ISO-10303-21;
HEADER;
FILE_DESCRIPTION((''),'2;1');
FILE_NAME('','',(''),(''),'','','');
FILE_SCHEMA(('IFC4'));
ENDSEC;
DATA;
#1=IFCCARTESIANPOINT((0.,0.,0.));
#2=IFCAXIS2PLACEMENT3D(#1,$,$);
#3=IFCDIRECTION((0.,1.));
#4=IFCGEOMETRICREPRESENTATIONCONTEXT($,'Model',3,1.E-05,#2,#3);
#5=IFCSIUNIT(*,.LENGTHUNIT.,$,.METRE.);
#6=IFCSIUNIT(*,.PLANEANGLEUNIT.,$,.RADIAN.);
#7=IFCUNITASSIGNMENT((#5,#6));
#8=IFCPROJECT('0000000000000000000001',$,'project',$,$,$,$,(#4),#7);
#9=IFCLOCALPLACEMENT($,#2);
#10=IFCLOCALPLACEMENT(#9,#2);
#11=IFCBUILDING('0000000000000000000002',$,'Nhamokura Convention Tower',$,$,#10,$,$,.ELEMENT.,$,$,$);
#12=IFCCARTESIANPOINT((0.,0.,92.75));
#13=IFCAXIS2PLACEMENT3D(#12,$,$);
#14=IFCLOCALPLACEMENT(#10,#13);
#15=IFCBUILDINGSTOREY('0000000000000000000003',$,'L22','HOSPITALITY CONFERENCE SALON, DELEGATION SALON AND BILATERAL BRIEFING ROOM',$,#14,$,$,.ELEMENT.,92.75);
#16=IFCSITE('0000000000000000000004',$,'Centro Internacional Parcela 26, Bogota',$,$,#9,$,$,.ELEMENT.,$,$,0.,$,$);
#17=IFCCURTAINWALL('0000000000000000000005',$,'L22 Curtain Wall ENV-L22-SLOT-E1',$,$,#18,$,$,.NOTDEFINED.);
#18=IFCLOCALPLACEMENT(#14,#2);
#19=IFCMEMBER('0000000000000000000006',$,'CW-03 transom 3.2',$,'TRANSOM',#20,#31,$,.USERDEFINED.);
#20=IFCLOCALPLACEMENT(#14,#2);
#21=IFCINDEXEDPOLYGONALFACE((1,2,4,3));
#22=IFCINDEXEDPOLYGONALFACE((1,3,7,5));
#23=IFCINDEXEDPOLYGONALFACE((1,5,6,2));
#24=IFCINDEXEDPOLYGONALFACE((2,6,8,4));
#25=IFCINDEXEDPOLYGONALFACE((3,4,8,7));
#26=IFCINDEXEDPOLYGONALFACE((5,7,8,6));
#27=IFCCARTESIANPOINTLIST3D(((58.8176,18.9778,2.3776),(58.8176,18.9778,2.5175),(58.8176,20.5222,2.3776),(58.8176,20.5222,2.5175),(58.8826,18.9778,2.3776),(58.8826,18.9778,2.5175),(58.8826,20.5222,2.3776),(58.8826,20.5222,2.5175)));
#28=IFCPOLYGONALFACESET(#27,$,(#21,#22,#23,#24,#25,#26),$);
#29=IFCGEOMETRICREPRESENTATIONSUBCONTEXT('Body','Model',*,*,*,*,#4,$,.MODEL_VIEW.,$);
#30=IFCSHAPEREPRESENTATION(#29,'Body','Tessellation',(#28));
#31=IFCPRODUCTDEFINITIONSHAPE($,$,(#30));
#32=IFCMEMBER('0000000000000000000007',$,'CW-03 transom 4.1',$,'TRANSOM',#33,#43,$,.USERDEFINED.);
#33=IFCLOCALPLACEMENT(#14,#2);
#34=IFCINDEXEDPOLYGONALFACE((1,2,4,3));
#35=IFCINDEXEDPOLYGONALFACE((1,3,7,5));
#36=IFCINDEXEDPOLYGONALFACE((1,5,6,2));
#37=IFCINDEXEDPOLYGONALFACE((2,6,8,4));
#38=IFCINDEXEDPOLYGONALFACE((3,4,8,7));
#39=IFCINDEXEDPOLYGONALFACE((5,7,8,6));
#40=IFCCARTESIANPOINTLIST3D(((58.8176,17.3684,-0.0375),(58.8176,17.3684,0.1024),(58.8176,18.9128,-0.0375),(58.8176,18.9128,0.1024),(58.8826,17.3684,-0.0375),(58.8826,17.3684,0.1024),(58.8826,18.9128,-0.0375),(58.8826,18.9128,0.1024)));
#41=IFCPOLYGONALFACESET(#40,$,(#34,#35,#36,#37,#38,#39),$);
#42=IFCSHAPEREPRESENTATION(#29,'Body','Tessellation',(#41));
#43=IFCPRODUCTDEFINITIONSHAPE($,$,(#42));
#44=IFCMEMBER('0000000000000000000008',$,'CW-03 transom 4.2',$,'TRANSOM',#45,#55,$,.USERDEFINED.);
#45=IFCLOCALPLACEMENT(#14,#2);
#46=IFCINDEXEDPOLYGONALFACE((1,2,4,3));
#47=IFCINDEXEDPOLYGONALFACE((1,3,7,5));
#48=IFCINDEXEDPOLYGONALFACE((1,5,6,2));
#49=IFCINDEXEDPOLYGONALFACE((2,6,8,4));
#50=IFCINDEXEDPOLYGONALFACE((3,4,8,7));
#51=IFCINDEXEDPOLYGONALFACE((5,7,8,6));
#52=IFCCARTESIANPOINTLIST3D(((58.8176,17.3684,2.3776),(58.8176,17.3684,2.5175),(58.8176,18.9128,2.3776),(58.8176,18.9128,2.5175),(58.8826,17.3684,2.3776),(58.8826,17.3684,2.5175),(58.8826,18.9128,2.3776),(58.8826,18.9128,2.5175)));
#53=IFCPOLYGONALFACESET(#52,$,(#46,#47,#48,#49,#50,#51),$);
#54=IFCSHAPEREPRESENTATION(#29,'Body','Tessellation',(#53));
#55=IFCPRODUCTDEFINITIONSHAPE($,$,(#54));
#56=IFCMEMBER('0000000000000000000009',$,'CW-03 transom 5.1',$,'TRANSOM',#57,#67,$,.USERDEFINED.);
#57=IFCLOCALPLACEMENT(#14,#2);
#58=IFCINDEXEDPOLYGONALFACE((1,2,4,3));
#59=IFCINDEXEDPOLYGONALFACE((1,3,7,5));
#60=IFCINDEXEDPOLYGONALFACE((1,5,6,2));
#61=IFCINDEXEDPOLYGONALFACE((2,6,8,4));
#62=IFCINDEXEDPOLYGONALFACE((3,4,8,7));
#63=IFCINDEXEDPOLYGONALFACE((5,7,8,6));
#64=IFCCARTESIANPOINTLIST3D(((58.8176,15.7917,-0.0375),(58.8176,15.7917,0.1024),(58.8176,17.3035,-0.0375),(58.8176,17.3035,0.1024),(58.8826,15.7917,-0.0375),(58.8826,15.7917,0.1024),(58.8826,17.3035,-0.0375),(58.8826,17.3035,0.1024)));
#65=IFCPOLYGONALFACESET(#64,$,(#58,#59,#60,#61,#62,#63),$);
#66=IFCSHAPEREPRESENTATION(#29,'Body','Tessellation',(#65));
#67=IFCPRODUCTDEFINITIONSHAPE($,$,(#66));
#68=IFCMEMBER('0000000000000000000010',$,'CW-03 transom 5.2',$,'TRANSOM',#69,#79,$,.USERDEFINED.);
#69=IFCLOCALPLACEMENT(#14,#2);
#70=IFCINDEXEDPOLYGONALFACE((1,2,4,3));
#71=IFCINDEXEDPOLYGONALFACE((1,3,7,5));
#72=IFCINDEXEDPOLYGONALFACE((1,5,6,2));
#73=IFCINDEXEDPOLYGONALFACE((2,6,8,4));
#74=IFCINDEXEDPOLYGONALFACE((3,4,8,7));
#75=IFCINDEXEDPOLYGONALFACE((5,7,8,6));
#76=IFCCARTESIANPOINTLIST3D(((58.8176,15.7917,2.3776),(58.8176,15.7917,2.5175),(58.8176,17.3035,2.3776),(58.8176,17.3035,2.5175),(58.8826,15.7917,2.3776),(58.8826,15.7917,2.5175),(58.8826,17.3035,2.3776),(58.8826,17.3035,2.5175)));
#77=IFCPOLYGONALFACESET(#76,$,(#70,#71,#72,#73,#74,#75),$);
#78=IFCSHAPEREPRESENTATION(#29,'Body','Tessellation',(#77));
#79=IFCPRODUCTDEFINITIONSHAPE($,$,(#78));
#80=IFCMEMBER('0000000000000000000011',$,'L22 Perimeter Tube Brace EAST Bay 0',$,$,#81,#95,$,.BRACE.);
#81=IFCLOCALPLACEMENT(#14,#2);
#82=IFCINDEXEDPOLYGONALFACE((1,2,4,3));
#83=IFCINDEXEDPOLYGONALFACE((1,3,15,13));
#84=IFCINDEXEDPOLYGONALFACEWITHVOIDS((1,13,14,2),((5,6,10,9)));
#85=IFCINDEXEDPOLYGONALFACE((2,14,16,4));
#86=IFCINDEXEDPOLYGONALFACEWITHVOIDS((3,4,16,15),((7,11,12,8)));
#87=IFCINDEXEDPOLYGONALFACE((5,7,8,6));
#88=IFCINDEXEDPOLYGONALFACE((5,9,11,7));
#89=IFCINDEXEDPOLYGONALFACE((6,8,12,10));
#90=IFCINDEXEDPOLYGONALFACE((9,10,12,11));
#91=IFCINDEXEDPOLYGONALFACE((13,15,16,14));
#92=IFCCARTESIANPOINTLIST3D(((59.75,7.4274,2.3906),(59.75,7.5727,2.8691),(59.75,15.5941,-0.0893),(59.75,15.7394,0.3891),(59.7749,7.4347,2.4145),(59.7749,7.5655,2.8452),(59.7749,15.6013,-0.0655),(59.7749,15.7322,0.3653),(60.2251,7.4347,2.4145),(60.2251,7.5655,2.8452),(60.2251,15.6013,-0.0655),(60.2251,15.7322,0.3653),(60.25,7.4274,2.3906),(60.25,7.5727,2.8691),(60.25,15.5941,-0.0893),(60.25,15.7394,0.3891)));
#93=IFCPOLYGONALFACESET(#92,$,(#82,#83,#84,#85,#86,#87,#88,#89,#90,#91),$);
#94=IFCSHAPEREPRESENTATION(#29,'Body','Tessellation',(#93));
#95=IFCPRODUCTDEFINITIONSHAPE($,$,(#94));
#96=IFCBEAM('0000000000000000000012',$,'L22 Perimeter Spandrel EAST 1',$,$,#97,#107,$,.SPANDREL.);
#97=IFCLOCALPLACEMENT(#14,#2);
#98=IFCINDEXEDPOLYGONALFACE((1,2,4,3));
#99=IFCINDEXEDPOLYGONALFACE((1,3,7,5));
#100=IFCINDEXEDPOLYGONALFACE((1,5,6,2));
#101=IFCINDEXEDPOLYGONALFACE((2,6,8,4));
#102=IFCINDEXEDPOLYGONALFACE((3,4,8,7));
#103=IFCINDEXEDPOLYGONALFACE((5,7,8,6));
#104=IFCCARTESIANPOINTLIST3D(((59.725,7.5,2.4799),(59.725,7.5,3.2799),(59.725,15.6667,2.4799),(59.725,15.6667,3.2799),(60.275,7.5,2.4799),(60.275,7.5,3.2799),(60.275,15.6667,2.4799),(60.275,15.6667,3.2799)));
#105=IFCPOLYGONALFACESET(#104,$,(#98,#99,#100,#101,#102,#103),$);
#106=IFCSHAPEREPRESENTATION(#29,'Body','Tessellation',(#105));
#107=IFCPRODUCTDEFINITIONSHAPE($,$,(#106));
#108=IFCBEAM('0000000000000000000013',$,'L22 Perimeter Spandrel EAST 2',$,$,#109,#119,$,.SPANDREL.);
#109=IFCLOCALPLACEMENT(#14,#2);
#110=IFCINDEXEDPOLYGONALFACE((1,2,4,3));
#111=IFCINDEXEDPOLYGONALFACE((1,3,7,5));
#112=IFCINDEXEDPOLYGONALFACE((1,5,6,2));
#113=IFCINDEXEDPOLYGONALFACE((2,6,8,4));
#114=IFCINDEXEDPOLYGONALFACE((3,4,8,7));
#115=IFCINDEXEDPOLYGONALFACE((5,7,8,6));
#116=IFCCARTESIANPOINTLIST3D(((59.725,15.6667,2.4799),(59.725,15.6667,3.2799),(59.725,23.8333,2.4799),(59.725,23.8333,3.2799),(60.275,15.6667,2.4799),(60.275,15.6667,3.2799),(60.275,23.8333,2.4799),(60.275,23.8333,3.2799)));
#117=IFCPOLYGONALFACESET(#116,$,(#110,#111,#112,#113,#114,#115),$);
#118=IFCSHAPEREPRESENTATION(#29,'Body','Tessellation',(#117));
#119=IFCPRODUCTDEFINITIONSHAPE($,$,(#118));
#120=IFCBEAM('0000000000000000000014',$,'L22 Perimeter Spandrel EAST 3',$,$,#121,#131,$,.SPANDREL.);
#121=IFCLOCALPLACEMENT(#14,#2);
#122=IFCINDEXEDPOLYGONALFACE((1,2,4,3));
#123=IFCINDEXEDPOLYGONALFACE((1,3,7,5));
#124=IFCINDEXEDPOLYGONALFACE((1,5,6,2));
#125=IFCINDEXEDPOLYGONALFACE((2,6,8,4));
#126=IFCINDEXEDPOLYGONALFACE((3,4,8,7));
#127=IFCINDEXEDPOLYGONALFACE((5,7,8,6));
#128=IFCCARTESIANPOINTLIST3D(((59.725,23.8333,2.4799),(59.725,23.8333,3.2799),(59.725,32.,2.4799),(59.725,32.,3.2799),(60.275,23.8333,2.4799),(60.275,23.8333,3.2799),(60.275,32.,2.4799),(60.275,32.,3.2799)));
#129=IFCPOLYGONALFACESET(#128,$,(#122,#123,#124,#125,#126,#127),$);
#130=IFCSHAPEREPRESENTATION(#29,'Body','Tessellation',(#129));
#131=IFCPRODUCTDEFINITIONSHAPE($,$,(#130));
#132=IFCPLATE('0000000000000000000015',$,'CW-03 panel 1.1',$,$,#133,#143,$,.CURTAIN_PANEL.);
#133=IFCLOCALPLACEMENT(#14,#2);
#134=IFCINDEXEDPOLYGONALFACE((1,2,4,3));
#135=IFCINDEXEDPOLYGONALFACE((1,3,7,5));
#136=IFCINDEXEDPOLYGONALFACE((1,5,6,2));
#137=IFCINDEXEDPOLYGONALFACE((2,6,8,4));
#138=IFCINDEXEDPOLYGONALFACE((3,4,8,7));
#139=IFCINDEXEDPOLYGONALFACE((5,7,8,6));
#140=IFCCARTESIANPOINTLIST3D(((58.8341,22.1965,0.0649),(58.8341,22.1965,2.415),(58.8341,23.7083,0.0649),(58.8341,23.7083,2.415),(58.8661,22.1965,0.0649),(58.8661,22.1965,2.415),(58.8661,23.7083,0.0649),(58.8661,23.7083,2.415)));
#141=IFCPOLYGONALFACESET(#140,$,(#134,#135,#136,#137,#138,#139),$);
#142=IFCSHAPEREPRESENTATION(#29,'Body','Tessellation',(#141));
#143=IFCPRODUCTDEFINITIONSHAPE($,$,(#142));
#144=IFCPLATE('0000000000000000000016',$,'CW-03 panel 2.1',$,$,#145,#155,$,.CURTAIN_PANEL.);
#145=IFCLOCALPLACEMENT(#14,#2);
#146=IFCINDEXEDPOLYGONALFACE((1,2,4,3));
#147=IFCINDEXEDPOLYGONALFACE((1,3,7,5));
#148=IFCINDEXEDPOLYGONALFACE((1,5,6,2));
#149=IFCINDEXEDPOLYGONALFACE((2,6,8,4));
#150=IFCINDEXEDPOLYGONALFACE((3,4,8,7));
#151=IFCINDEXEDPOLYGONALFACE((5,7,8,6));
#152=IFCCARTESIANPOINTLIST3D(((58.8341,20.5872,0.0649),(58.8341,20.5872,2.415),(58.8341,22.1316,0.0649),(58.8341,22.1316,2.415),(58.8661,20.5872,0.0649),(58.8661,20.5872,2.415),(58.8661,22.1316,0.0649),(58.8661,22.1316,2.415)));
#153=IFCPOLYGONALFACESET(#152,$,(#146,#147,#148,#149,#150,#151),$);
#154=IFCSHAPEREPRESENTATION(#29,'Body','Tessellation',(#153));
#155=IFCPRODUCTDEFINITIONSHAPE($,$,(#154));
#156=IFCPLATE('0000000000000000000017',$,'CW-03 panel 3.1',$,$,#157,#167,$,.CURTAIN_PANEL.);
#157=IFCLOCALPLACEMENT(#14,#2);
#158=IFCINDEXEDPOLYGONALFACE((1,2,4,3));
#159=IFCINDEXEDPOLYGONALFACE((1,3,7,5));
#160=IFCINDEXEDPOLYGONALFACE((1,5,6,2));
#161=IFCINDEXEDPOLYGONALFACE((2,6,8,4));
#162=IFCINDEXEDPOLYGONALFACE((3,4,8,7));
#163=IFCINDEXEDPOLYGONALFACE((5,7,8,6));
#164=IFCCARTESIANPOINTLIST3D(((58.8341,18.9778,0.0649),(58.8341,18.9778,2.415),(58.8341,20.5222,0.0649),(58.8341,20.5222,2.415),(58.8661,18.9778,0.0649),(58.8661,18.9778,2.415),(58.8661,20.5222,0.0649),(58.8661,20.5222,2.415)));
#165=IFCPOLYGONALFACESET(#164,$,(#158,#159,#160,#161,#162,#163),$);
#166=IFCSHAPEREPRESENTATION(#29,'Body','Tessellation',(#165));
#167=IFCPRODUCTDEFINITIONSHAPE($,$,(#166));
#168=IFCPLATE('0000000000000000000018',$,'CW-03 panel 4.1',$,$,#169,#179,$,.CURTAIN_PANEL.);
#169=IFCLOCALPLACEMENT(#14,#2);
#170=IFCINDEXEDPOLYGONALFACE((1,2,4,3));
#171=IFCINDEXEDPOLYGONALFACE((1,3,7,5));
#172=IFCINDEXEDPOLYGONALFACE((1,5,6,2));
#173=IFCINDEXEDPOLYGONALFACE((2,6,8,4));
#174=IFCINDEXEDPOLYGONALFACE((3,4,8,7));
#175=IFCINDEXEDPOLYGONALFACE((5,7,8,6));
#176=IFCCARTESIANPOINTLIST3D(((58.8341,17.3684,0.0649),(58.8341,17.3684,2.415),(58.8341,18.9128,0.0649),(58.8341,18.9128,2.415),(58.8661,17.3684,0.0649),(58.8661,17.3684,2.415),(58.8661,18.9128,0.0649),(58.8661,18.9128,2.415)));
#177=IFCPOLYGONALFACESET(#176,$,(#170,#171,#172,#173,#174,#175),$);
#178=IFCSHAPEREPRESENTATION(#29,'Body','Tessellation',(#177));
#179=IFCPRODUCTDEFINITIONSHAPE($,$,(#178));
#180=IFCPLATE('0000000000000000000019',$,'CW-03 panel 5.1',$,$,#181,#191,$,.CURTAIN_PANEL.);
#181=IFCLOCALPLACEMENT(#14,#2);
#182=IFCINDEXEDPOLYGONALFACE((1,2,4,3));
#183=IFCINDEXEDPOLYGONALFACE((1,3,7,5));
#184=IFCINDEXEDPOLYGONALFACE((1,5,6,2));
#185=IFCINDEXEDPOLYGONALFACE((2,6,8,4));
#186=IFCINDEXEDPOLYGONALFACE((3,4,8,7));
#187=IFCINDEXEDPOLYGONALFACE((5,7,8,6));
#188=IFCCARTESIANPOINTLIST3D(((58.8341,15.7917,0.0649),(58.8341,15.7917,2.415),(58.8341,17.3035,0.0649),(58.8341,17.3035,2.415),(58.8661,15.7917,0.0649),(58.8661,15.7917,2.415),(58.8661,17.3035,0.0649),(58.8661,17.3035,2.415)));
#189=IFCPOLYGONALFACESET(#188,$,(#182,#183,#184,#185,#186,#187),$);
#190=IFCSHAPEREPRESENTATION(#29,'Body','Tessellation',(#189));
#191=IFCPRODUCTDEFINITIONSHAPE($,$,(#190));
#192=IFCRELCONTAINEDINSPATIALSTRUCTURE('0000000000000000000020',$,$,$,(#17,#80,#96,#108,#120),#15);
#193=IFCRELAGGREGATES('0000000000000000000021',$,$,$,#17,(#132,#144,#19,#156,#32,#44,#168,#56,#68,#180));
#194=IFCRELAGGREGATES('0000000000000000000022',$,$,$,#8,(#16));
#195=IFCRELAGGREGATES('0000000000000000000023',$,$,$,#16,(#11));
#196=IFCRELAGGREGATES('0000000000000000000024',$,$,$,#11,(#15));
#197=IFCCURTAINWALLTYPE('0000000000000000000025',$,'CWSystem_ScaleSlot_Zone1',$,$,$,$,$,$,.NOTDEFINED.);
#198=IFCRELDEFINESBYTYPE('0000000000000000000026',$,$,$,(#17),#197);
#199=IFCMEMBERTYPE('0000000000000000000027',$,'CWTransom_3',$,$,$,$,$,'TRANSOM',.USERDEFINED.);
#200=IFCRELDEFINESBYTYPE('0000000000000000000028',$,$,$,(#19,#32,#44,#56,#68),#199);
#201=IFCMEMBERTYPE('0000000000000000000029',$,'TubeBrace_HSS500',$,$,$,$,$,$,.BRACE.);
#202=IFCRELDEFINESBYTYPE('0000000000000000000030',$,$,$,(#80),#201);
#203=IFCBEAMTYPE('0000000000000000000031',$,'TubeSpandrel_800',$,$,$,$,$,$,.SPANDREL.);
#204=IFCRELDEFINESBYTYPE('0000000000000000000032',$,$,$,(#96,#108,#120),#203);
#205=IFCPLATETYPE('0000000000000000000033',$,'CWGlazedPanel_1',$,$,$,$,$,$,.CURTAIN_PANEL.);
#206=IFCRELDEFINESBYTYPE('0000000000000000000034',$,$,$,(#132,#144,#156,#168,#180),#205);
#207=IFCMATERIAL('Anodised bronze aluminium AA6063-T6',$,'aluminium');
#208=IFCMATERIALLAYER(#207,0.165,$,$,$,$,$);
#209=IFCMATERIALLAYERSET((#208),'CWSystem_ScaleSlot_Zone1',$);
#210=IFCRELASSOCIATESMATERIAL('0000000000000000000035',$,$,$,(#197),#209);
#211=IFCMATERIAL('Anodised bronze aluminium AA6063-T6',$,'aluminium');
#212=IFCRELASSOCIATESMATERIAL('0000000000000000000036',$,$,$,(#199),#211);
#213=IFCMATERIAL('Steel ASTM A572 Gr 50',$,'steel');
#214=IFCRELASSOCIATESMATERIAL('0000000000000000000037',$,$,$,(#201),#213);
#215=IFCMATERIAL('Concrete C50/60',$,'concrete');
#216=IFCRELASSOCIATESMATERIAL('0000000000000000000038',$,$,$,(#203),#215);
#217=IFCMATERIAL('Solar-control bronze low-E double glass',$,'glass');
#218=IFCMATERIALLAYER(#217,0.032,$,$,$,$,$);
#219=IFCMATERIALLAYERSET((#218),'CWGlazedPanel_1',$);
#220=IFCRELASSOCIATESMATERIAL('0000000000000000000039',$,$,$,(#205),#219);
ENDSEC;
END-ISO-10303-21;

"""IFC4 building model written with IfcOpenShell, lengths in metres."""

from ifc_helpers import new_model, si_unit, direction, frame, origin, origin_2d, place, context, subcontext, project, spatial, rectangle, hollow_rectangle, extrude, material, layer, layer_set, material_profile, profile_set, type_object, element, aggregate, save


model = new_model("IFC4")

# Units and contexts
model_context = context("Model", 3, precision=1e-05, world=origin(), true_north=direction((0.0, 1.0)))
body_context = subcontext(model_context, "Body", "Model", "MODEL_VIEW")
ifc_project = project(units=[si_unit("LENGTHUNIT", "METRE"), si_unit("PLANEANGLEUNIT", "RADIAN")], contexts=[model_context])

# Site, building, storey
site_placement = place(None, origin())
site = spatial("IfcSite", under=ifc_project, at=site_placement, Name="Centro Internacional Parcela 26, Bogota", CompositionType="ELEMENT", RefElevation=0.0)
building_placement = place(site_placement, origin())
building = spatial("IfcBuilding", under=site, at=building_placement, Name="Nhamokura Convention Tower", CompositionType="ELEMENT")
storey_placement = place(building_placement, frame((0.0, 0.0, 92.75)))
storey = spatial("IfcBuildingStorey", under=building, at=storey_placement, Name="L22", Description="HOSPITALITY CONFERENCE SALON, DELEGATION SALON AND BILATERAL BRIEFING ROOM", CompositionType="ELEMENT", Elevation=92.75)

# Curtain wall, members
ifc_material_1 = material(Name="Anodised bronze aluminium AA6063-T6", Category="aluminium")
ifc_layer_1 = layer(ifc_material_1, 0.165)
ifc_layer_set_1 = layer_set([ifc_layer_1], Name="CWSystem_ScaleSlot_Zone1")
curtain_wall_type = type_object("IfcCurtainWallType", Name="CWSystem_ScaleSlot_Zone1", PredefinedType="NOTDEFINED", material=ifc_layer_set_1)
curtain_wall_placement = place(storey_placement, origin())
curtain_wall = element("IfcCurtainWall", 1, at=curtain_wall_placement, inside=storey, type_object=curtain_wall_type, Name="L22 Curtain Wall ENV-L22-SLOT-E1", PredefinedType="NOTDEFINED")
ifc_material_2 = material(Name="Anodised bronze aluminium AA6063-T6", Category="aluminium")
ifc_material_profile_1 = material_profile(ifc_material_2, rectangle(XDim=0.0649, YDim=0.1399, at=origin_2d()))
ifc_profile_set_1 = profile_set([ifc_material_profile_1], Name="Anodised bronze aluminium AA6063-T6")
member_type_1 = type_object("IfcMemberType", Name="CWTransom_3", ElementType="TRANSOM", PredefinedType="USERDEFINED", material=ifc_profile_set_1)
member_1_placement = place(storey_placement, frame((58.8501, 20.5222, 2.4475), z_axis=(0.0, -1.0, 0.0), x_axis=(1.0, 0.0, 0.0)))
member_1 = element("IfcMember", 2, at=member_1_placement, type_object=member_type_1, Name="CW-03 transom 3.2", ObjectType="TRANSOM", PredefinedType="USERDEFINED", context=body_context, shape_type="SweptSolid", body=[
    extrude(rectangle(XDim=0.0649, YDim=0.1399, at=origin_2d()), origin(), (0.0, 0.0, 1.0), 1.5444),
])
member_2_placement = place(storey_placement, frame((58.8501, 18.9128, 0.0325), z_axis=(0.0, -1.0, 0.0), x_axis=(1.0, 0.0, 0.0)))
member_2 = element("IfcMember", 3, at=member_2_placement, type_object=member_type_1, Name="CW-03 transom 4.1", ObjectType="TRANSOM", PredefinedType="USERDEFINED", context=body_context, shape_type="SweptSolid", body=[
    extrude(rectangle(XDim=0.0649, YDim=0.1399, at=origin_2d()), origin(), (0.0, 0.0, 1.0), 1.5444),
])
member_3_placement = place(storey_placement, frame((58.8501, 18.9128, 2.4475), z_axis=(0.0, -1.0, 0.0), x_axis=(1.0, 0.0, 0.0)))
member_3 = element("IfcMember", 4, at=member_3_placement, type_object=member_type_1, Name="CW-03 transom 4.2", ObjectType="TRANSOM", PredefinedType="USERDEFINED", context=body_context, shape_type="SweptSolid", body=[
    extrude(rectangle(XDim=0.0649, YDim=0.1399, at=origin_2d()), origin(), (0.0, 0.0, 1.0), 1.5444),
])
member_4_placement = place(storey_placement, frame((58.8501, 17.3035, 0.0325), z_axis=(0.0, -1.0, 0.0), x_axis=(1.0, 0.0, 0.0)))
member_4 = element("IfcMember", 5, at=member_4_placement, type_object=member_type_1, Name="CW-03 transom 5.1", ObjectType="TRANSOM", PredefinedType="USERDEFINED", context=body_context, shape_type="SweptSolid", body=[
    extrude(rectangle(XDim=0.0649, YDim=0.1399, at=origin_2d()), origin(), (0.0, 0.0, 1.0), 1.5117),
])
member_5_placement = place(storey_placement, frame((58.8501, 17.3035, 2.4475), z_axis=(0.0, -1.0, 0.0), x_axis=(1.0, 0.0, 0.0)))
member_5 = element("IfcMember", 6, at=member_5_placement, type_object=member_type_1, Name="CW-03 transom 5.2", ObjectType="TRANSOM", PredefinedType="USERDEFINED", context=body_context, shape_type="SweptSolid", body=[
    extrude(rectangle(XDim=0.0649, YDim=0.1399, at=origin_2d()), origin(), (0.0, 0.0, 1.0), 1.5117),
])

# Member
ifc_material_3 = material(Name="Steel ASTM A572 Gr 50", Category="steel")
ifc_material_profile_2 = material_profile(ifc_material_3, hollow_rectangle(XDim=0.5, YDim=0.5, WallThickness=0.0249, at=origin_2d()))
ifc_profile_set_2 = profile_set([ifc_material_profile_2], Name="Steel ASTM A572 Gr 50")
member_type_2 = type_object("IfcMemberType", Name="TubeBrace_HSS500", PredefinedType="BRACE", material=ifc_profile_set_2)
member_6_placement = place(storey_placement, frame((60.0, 15.6667, 0.1499), z_axis=(0.0, -0.956855, 0.290566), x_axis=(1.0, 0.0, 0.0)))
element("IfcMember", 7, at=member_6_placement, inside=storey, type_object=member_type_2, Name="L22 Perimeter Tube Brace EAST Bay 0", PredefinedType="BRACE", context=body_context, shape_type="SweptSolid", body=[
    extrude(hollow_rectangle(XDim=0.5, YDim=0.5, WallThickness=0.0249, at=origin_2d()), origin(), (0.0, 0.0, 1.0), 8.5349),
])

# Beams
ifc_material_4 = material(Name="Concrete C50/60", Category="concrete")
ifc_material_profile_3 = material_profile(ifc_material_4, rectangle(XDim=0.55, YDim=0.8, at=origin_2d()))
ifc_profile_set_3 = profile_set([ifc_material_profile_3], Name="Concrete C50/60")
beam_type = type_object("IfcBeamType", Name="TubeSpandrel_800", PredefinedType="SPANDREL", material=ifc_profile_set_3)
beam_1_placement = place(storey_placement, frame((60.0, 7.5, 2.8799), z_axis=(0.0, 1.0, 0.0), x_axis=(-1.0, 0.0, 0.0)))
element("IfcBeam", 8, at=beam_1_placement, inside=storey, type_object=beam_type, Name="L22 Perimeter Spandrel EAST 1", PredefinedType="SPANDREL", context=body_context, shape_type="SweptSolid", body=[
    extrude(rectangle(XDim=0.55, YDim=0.8, at=origin_2d()), origin(), (0.0, 0.0, 1.0), 8.1667),
])
beam_2_placement = place(storey_placement, frame((60.0, 15.6667, 2.8799), z_axis=(0.0, 1.0, 0.0), x_axis=(-1.0, 0.0, 0.0)))
element("IfcBeam", 9, at=beam_2_placement, inside=storey, type_object=beam_type, Name="L22 Perimeter Spandrel EAST 2", PredefinedType="SPANDREL", context=body_context, shape_type="SweptSolid", body=[
    extrude(rectangle(XDim=0.55, YDim=0.8, at=origin_2d()), origin(), (0.0, 0.0, 1.0), 8.1665),
])
beam_3_placement = place(storey_placement, frame((60.0, 23.8333, 2.8799), z_axis=(0.0, 1.0, 0.0), x_axis=(-1.0, 0.0, 0.0)))
element("IfcBeam", 10, at=beam_3_placement, inside=storey, type_object=beam_type, Name="L22 Perimeter Spandrel EAST 3", PredefinedType="SPANDREL", context=body_context, shape_type="SweptSolid", body=[
    extrude(rectangle(XDim=0.55, YDim=0.8, at=origin_2d()), origin(), (0.0, 0.0, 1.0), 8.1667),
])

# Plates
ifc_material_5 = material(Name="Solar-control bronze low-E double glass", Category="glass")
ifc_layer_2 = layer(ifc_material_5, 0.032)
ifc_layer_set_2 = layer_set([ifc_layer_2], Name="CWGlazedPanel_1")
plate_type = type_object("IfcPlateType", Name="CWGlazedPanel_1", PredefinedType="CURTAIN_PANEL", material=ifc_layer_set_2)
plate_1_placement = place(storey_placement, frame((58.8501, 22.9524, 0.0649), z_axis=(0.0, 0.0, 1.0), x_axis=(0.0, -1.0, 0.0)))
plate_1 = element("IfcPlate", 11, at=plate_1_placement, type_object=plate_type, Name="CW-03 panel 1.1", PredefinedType="CURTAIN_PANEL", context=body_context, shape_type="SweptSolid", body=[
    extrude(rectangle(XDim=1.5117, YDim=0.032, at=origin_2d()), origin(), (0.0, 0.0, 1.0), 2.3501),
])
plate_2_placement = place(storey_placement, frame((58.8501, 21.3594, 0.0649), z_axis=(0.0, 0.0, 1.0), x_axis=(0.0, -1.0, 0.0)))
plate_2 = element("IfcPlate", 12, at=plate_2_placement, type_object=plate_type, Name="CW-03 panel 2.1", PredefinedType="CURTAIN_PANEL", context=body_context, shape_type="SweptSolid", body=[
    extrude(rectangle(XDim=1.5444, YDim=0.032, at=origin_2d()), origin(), (0.0, 0.0, 1.0), 2.3501),
])
plate_3_placement = place(storey_placement, frame((58.8501, 19.75, 0.0649), z_axis=(0.0, 0.0, 1.0), x_axis=(0.0, -1.0, 0.0)))
plate_3 = element("IfcPlate", 13, at=plate_3_placement, type_object=plate_type, Name="CW-03 panel 3.1", PredefinedType="CURTAIN_PANEL", context=body_context, shape_type="SweptSolid", body=[
    extrude(rectangle(XDim=1.5444, YDim=0.032, at=origin_2d()), origin(), (0.0, 0.0, 1.0), 2.3501),
])
plate_4_placement = place(storey_placement, frame((58.8501, 18.1406, 0.0649), z_axis=(0.0, 0.0, 1.0), x_axis=(0.0, -1.0, 0.0)))
plate_4 = element("IfcPlate", 14, at=plate_4_placement, type_object=plate_type, Name="CW-03 panel 4.1", PredefinedType="CURTAIN_PANEL", context=body_context, shape_type="SweptSolid", body=[
    extrude(rectangle(XDim=1.5444, YDim=0.032, at=origin_2d()), origin(), (0.0, 0.0, 1.0), 2.3501),
])
plate_5_placement = place(storey_placement, frame((58.8501, 16.5476, 0.0649), z_axis=(0.0, 0.0, 1.0), x_axis=(0.0, -1.0, 0.0)))
plate_5 = element("IfcPlate", 15, at=plate_5_placement, type_object=plate_type, Name="CW-03 panel 5.1", PredefinedType="CURTAIN_PANEL", context=body_context, shape_type="SweptSolid", body=[
    extrude(rectangle(XDim=1.5117, YDim=0.032, at=origin_2d()), origin(), (0.0, 0.0, 1.0), 2.3501),
])
aggregate(curtain_wall, [plate_1, plate_2, member_1, plate_3, member_2, member_3, plate_4, member_4, member_5, plate_5])

save(model, "model.ifc")
